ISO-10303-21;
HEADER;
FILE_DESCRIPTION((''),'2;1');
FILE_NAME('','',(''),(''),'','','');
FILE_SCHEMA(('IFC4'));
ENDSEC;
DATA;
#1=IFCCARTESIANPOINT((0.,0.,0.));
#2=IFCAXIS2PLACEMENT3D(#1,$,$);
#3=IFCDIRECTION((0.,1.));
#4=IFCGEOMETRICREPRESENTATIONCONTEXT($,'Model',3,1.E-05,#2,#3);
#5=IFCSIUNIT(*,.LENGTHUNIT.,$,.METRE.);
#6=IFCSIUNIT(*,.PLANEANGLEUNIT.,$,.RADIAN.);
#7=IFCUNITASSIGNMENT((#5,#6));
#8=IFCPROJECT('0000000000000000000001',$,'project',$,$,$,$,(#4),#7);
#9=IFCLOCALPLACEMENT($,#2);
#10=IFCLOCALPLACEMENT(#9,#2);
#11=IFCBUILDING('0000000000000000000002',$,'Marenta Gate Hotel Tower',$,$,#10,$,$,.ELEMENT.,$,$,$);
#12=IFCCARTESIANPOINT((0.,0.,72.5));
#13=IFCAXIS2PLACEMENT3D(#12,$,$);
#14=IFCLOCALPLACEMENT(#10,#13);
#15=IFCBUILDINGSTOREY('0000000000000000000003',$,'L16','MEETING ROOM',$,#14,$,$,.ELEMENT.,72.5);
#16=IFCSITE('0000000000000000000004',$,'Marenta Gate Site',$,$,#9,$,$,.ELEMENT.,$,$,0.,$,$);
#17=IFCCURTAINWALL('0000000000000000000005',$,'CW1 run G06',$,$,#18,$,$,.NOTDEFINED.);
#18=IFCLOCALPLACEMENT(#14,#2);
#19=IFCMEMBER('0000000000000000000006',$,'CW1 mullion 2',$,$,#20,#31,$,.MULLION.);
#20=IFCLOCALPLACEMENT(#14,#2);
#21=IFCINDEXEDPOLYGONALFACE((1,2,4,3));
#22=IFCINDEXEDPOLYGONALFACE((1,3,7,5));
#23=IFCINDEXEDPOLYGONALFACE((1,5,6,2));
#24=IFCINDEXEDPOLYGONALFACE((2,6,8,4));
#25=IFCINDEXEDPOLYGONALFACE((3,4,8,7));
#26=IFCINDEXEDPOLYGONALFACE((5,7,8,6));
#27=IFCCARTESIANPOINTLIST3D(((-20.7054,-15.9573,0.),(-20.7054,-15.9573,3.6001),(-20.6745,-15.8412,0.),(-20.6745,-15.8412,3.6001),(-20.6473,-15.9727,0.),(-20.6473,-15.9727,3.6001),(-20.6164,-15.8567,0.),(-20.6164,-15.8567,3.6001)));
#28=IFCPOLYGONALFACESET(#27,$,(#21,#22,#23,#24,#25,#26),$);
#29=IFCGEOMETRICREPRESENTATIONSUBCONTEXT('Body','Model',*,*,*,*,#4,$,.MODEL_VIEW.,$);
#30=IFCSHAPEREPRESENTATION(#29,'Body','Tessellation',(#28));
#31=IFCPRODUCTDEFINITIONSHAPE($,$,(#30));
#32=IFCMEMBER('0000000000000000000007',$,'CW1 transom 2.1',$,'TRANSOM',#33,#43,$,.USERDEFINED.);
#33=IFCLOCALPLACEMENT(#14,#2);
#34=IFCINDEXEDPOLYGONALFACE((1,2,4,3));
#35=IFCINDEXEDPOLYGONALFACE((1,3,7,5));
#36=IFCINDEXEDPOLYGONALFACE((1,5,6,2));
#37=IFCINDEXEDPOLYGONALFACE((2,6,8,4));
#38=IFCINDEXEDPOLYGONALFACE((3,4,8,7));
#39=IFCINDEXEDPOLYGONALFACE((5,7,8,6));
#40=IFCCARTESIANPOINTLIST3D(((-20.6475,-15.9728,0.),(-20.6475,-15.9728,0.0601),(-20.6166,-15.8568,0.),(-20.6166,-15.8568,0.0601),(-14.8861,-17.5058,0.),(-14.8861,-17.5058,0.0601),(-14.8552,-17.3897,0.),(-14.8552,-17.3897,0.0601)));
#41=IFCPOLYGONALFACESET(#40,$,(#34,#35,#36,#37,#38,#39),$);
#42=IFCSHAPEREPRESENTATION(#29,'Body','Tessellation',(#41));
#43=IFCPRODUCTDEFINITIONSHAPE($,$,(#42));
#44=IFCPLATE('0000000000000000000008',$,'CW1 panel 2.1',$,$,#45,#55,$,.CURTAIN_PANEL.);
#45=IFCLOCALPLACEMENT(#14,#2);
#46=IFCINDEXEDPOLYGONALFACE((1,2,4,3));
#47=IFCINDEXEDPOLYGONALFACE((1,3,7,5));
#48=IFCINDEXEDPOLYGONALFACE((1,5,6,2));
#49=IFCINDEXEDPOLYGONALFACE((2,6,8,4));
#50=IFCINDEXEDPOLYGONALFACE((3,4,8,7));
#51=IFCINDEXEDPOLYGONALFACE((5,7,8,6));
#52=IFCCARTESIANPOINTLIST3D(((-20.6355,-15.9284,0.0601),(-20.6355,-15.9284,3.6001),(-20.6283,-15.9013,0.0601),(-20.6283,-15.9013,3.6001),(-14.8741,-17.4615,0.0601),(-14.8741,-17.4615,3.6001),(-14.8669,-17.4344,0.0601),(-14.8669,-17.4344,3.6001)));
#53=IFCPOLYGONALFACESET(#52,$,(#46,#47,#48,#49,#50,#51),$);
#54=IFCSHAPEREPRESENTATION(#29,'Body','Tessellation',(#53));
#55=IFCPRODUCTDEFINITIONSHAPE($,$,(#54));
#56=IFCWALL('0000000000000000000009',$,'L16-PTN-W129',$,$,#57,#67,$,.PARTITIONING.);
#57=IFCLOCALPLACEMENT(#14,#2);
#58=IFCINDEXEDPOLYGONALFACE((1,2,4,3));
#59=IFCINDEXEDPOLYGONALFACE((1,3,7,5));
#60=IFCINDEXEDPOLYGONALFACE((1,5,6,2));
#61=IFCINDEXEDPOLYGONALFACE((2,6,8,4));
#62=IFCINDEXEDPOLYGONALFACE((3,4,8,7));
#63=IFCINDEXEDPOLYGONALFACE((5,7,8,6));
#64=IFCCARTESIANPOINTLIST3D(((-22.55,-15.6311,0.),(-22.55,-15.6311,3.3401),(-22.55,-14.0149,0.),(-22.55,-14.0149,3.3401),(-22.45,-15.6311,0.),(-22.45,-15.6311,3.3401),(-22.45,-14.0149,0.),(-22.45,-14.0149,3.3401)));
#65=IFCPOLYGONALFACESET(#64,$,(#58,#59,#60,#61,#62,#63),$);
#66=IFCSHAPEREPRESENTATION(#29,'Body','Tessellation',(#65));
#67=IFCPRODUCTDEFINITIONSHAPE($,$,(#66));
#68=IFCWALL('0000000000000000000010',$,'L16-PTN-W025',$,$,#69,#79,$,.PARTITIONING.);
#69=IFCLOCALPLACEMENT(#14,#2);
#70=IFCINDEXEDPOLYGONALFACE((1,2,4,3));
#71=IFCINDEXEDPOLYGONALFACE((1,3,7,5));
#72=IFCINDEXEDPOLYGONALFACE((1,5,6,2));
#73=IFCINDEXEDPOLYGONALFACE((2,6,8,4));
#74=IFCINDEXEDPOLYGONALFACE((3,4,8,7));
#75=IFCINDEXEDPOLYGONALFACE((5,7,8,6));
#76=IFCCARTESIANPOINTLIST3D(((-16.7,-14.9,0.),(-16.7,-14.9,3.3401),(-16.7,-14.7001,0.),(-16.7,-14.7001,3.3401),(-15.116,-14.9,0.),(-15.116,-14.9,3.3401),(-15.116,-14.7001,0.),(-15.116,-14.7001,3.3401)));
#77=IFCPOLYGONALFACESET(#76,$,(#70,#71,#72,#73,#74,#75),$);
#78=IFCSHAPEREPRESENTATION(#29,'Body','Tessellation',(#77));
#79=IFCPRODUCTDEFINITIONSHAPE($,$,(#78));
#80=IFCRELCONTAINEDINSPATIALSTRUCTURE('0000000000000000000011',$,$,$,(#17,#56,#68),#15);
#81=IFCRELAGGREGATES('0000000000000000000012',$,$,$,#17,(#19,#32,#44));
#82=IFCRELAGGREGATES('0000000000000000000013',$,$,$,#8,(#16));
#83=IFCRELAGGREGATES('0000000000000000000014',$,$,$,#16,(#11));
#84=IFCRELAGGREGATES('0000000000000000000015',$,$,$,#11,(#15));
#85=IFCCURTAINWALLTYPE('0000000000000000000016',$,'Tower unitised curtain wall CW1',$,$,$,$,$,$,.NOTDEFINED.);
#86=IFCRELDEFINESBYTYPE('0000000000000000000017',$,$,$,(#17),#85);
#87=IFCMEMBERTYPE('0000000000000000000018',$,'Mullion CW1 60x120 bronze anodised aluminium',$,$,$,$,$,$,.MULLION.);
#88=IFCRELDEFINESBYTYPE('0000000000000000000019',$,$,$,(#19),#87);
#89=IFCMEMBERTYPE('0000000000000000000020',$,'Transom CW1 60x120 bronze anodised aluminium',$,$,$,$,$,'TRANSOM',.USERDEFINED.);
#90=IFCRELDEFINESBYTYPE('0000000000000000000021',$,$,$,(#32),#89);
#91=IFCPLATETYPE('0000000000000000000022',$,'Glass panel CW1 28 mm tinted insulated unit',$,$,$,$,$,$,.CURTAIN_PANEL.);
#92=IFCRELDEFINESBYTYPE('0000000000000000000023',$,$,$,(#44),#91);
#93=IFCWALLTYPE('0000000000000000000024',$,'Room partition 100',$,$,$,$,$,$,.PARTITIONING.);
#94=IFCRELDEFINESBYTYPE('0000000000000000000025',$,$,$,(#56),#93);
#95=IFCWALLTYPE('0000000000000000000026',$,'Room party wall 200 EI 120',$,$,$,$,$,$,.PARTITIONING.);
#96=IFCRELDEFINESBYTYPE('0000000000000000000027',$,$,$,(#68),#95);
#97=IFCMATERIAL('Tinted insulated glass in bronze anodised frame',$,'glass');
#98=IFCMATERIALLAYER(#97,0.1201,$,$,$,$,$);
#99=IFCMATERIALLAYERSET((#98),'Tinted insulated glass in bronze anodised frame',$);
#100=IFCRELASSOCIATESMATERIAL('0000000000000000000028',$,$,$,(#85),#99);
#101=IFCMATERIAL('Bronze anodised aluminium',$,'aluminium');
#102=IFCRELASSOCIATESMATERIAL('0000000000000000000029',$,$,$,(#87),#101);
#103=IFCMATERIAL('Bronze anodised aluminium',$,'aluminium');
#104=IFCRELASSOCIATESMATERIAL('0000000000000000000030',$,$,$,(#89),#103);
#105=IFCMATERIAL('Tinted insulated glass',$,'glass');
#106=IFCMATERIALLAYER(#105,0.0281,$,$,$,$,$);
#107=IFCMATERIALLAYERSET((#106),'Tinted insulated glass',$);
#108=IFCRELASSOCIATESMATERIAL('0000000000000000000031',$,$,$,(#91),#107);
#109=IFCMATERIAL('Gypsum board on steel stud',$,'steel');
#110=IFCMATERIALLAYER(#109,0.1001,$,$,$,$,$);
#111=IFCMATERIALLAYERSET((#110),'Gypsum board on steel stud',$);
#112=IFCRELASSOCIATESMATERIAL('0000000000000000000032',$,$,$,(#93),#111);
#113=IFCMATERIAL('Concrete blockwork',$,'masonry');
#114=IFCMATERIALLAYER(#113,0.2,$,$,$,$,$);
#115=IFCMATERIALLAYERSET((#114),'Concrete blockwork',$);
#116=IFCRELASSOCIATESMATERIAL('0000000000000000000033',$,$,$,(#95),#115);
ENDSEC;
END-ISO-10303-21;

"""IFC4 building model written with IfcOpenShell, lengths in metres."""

from ifc_helpers import new_model, si_unit, direction, frame, frame_2d, origin, origin_2d, place, context, subcontext, project, spatial, rectangle, extrude, material, layer, layer_set, material_profile, profile_set, type_object, element, aggregate, save


model = new_model("IFC4")

# Units and contexts
model_context = context("Model", 3, precision=1e-05, world=origin(), true_north=direction((0.0, 1.0)))
body_context = subcontext(model_context, "Body", "Model", "MODEL_VIEW")
ifc_project = project(units=[si_unit("LENGTHUNIT", "METRE"), si_unit("PLANEANGLEUNIT", "RADIAN")], contexts=[model_context])

# Site, building, storey
site_placement = place(None, origin())
site = spatial("IfcSite", under=ifc_project, at=site_placement, Name="Marenta Gate Site", CompositionType="ELEMENT", RefElevation=0.0)
building_placement = place(site_placement, origin())
building = spatial("IfcBuilding", under=site, at=building_placement, Name="Marenta Gate Hotel Tower", CompositionType="ELEMENT")
storey_placement = place(building_placement, frame((0.0, 0.0, 72.5)))
storey = spatial("IfcBuildingStorey", under=building, at=storey_placement, Name="L16", Description="MEETING ROOM", CompositionType="ELEMENT", Elevation=72.5)

# Curtain wall, members, plate
ifc_material_1 = material(Name="Tinted insulated glass in bronze anodised frame", Category="glass")
ifc_layer_1 = layer(ifc_material_1, 0.1201)
ifc_layer_set_1 = layer_set([ifc_layer_1], Name="Tinted insulated glass in bronze anodised frame")
curtain_wall_type = type_object("IfcCurtainWallType", Name="Tower unitised curtain wall CW1", PredefinedType="NOTDEFINED", material=ifc_layer_set_1)
curtain_wall_placement = place(storey_placement, origin())
curtain_wall = element("IfcCurtainWall", 1, at=curtain_wall_placement, inside=storey, type_object=curtain_wall_type, Name="CW1 run G06", PredefinedType="NOTDEFINED")
ifc_material_2 = material(Name="Bronze anodised aluminium", Category="aluminium")
ifc_material_profile_1 = material_profile(ifc_material_2, rectangle(XDim=0.1201, YDim=0.0601, at=origin_2d()), Name="Mullion CW1 60x120 bronze anodised aluminium")
ifc_profile_set_1 = profile_set([ifc_material_profile_1], Name="Bronze anodised aluminium")
member_type_1 = type_object("IfcMemberType", Name="Mullion CW1 60x120 bronze anodised aluminium", PredefinedType="MULLION", material=ifc_profile_set_1)
member_1_placement = place(storey_placement, frame((-20.6609, -15.907, 0.0), z_axis=(0.0, 0.0, 1.0), x_axis=(0.257142, 0.966374, 0.0)))
member_1 = element("IfcMember", 2, at=member_1_placement, type_object=member_type_1, Name="CW1 mullion 2", PredefinedType="MULLION", context=body_context, shape_type="SweptSolid", body=[
    extrude(rectangle(XDim=0.1201, YDim=0.0601, at=origin_2d()), origin(), (0.0, 0.0, 1.0), 3.6001),
])
ifc_material_3 = material(Name="Bronze anodised aluminium", Category="aluminium")
ifc_material_profile_2 = material_profile(ifc_material_3, rectangle(XDim=0.1201, YDim=0.0601, at=origin_2d()), Name="Transom CW1 60x120 bronze anodised aluminium")
ifc_profile_set_2 = profile_set([ifc_material_profile_2], Name="Bronze anodised aluminium")
member_type_2 = type_object("IfcMemberType", Name="Transom CW1 60x120 bronze anodised aluminium", ElementType="TRANSOM", PredefinedType="USERDEFINED", material=ifc_profile_set_2)
member_2_placement = place(storey_placement, frame((-20.6321, -15.9148, 0.03), z_axis=(0.966378, -0.257125, 0.0), x_axis=(0.257125, 0.966378, 0.0)))
member_2 = element("IfcMember", 3, at=member_2_placement, type_object=member_type_2, Name="CW1 transom 2.1", ObjectType="TRANSOM", PredefinedType="USERDEFINED", context=body_context, shape_type="SweptSolid", body=[
    extrude(rectangle(XDim=0.1201, YDim=0.0601, at=origin_2d()), origin(), (0.0, 0.0, 1.0), 5.9619),
])
ifc_material_4 = material(Name="Tinted insulated glass", Category="glass")
ifc_layer_2 = layer(ifc_material_4, 0.0281)
ifc_layer_set_2 = layer_set([ifc_layer_2], Name="Tinted insulated glass")
plate_type = type_object("IfcPlateType", Name="Glass panel CW1 28 mm tinted insulated unit", PredefinedType="CURTAIN_PANEL", material=ifc_layer_set_2)
plate_placement = place(storey_placement, frame((-17.7512, -16.6814, 0.0601), z_axis=(0.0, 0.0, 1.0), x_axis=(0.966374, -0.257142, 0.0)))
plate = element("IfcPlate", 4, at=plate_placement, type_object=plate_type, Name="CW1 panel 2.1", PredefinedType="CURTAIN_PANEL", context=body_context, shape_type="SweptSolid", body=[
    extrude(rectangle(XDim=5.9619, YDim=0.0281, at=origin_2d()), origin(), (0.0, 0.0, 1.0), 3.54),
])
aggregate(curtain_wall, [member_1, member_2, plate])

# Walls
ifc_material_5 = material(Name="Gypsum board on steel stud", Category="steel")
ifc_layer_3 = layer(ifc_material_5, 0.1001)
ifc_layer_set_3 = layer_set([ifc_layer_3], Name="Gypsum board on steel stud")
wall_type_1 = type_object("IfcWallType", Name="Room partition 100", PredefinedType="PARTITIONING", material=ifc_layer_set_3)
wall_1_placement = place(storey_placement, frame((-22.5, -15.6311, 0.0), z_axis=(0.0, 0.0, 1.0), x_axis=(0.0, 1.0, 0.0)))
element("IfcWall", 5, at=wall_1_placement, inside=storey, type_object=wall_type_1, Name="L16-PTN-W129", PredefinedType="PARTITIONING", context=body_context, shape_type="SweptSolid", body=[
    extrude(rectangle(XDim=1.6162, YDim=0.1001, at=frame_2d((0.8081, 0.0))), origin(), (0.0, 0.0, 1.0), 3.3401),
])
ifc_material_6 = material(Name="Concrete blockwork", Category="masonry")
ifc_layer_4 = layer(ifc_material_6, 0.2)
ifc_layer_set_4 = layer_set([ifc_layer_4], Name="Concrete blockwork")
wall_type_2 = type_object("IfcWallType", Name="Room party wall 200 EI 120", PredefinedType="PARTITIONING", material=ifc_layer_set_4)
wall_2_placement = place(storey_placement, frame((-16.7, -14.8, 0.0), z_axis=(0.0, 0.0, 1.0), x_axis=(1.0, 0.0, 0.0)))
element("IfcWall", 6, at=wall_2_placement, inside=storey, type_object=wall_type_2, Name="L16-PTN-W025", PredefinedType="PARTITIONING", context=body_context, shape_type="SweptSolid", body=[
    extrude(rectangle(XDim=1.584, YDim=0.2, at=frame_2d((0.792, 0.0))), origin(), (0.0, 0.0, 1.0), 3.3401),
])

save(model, "model.ifc")
